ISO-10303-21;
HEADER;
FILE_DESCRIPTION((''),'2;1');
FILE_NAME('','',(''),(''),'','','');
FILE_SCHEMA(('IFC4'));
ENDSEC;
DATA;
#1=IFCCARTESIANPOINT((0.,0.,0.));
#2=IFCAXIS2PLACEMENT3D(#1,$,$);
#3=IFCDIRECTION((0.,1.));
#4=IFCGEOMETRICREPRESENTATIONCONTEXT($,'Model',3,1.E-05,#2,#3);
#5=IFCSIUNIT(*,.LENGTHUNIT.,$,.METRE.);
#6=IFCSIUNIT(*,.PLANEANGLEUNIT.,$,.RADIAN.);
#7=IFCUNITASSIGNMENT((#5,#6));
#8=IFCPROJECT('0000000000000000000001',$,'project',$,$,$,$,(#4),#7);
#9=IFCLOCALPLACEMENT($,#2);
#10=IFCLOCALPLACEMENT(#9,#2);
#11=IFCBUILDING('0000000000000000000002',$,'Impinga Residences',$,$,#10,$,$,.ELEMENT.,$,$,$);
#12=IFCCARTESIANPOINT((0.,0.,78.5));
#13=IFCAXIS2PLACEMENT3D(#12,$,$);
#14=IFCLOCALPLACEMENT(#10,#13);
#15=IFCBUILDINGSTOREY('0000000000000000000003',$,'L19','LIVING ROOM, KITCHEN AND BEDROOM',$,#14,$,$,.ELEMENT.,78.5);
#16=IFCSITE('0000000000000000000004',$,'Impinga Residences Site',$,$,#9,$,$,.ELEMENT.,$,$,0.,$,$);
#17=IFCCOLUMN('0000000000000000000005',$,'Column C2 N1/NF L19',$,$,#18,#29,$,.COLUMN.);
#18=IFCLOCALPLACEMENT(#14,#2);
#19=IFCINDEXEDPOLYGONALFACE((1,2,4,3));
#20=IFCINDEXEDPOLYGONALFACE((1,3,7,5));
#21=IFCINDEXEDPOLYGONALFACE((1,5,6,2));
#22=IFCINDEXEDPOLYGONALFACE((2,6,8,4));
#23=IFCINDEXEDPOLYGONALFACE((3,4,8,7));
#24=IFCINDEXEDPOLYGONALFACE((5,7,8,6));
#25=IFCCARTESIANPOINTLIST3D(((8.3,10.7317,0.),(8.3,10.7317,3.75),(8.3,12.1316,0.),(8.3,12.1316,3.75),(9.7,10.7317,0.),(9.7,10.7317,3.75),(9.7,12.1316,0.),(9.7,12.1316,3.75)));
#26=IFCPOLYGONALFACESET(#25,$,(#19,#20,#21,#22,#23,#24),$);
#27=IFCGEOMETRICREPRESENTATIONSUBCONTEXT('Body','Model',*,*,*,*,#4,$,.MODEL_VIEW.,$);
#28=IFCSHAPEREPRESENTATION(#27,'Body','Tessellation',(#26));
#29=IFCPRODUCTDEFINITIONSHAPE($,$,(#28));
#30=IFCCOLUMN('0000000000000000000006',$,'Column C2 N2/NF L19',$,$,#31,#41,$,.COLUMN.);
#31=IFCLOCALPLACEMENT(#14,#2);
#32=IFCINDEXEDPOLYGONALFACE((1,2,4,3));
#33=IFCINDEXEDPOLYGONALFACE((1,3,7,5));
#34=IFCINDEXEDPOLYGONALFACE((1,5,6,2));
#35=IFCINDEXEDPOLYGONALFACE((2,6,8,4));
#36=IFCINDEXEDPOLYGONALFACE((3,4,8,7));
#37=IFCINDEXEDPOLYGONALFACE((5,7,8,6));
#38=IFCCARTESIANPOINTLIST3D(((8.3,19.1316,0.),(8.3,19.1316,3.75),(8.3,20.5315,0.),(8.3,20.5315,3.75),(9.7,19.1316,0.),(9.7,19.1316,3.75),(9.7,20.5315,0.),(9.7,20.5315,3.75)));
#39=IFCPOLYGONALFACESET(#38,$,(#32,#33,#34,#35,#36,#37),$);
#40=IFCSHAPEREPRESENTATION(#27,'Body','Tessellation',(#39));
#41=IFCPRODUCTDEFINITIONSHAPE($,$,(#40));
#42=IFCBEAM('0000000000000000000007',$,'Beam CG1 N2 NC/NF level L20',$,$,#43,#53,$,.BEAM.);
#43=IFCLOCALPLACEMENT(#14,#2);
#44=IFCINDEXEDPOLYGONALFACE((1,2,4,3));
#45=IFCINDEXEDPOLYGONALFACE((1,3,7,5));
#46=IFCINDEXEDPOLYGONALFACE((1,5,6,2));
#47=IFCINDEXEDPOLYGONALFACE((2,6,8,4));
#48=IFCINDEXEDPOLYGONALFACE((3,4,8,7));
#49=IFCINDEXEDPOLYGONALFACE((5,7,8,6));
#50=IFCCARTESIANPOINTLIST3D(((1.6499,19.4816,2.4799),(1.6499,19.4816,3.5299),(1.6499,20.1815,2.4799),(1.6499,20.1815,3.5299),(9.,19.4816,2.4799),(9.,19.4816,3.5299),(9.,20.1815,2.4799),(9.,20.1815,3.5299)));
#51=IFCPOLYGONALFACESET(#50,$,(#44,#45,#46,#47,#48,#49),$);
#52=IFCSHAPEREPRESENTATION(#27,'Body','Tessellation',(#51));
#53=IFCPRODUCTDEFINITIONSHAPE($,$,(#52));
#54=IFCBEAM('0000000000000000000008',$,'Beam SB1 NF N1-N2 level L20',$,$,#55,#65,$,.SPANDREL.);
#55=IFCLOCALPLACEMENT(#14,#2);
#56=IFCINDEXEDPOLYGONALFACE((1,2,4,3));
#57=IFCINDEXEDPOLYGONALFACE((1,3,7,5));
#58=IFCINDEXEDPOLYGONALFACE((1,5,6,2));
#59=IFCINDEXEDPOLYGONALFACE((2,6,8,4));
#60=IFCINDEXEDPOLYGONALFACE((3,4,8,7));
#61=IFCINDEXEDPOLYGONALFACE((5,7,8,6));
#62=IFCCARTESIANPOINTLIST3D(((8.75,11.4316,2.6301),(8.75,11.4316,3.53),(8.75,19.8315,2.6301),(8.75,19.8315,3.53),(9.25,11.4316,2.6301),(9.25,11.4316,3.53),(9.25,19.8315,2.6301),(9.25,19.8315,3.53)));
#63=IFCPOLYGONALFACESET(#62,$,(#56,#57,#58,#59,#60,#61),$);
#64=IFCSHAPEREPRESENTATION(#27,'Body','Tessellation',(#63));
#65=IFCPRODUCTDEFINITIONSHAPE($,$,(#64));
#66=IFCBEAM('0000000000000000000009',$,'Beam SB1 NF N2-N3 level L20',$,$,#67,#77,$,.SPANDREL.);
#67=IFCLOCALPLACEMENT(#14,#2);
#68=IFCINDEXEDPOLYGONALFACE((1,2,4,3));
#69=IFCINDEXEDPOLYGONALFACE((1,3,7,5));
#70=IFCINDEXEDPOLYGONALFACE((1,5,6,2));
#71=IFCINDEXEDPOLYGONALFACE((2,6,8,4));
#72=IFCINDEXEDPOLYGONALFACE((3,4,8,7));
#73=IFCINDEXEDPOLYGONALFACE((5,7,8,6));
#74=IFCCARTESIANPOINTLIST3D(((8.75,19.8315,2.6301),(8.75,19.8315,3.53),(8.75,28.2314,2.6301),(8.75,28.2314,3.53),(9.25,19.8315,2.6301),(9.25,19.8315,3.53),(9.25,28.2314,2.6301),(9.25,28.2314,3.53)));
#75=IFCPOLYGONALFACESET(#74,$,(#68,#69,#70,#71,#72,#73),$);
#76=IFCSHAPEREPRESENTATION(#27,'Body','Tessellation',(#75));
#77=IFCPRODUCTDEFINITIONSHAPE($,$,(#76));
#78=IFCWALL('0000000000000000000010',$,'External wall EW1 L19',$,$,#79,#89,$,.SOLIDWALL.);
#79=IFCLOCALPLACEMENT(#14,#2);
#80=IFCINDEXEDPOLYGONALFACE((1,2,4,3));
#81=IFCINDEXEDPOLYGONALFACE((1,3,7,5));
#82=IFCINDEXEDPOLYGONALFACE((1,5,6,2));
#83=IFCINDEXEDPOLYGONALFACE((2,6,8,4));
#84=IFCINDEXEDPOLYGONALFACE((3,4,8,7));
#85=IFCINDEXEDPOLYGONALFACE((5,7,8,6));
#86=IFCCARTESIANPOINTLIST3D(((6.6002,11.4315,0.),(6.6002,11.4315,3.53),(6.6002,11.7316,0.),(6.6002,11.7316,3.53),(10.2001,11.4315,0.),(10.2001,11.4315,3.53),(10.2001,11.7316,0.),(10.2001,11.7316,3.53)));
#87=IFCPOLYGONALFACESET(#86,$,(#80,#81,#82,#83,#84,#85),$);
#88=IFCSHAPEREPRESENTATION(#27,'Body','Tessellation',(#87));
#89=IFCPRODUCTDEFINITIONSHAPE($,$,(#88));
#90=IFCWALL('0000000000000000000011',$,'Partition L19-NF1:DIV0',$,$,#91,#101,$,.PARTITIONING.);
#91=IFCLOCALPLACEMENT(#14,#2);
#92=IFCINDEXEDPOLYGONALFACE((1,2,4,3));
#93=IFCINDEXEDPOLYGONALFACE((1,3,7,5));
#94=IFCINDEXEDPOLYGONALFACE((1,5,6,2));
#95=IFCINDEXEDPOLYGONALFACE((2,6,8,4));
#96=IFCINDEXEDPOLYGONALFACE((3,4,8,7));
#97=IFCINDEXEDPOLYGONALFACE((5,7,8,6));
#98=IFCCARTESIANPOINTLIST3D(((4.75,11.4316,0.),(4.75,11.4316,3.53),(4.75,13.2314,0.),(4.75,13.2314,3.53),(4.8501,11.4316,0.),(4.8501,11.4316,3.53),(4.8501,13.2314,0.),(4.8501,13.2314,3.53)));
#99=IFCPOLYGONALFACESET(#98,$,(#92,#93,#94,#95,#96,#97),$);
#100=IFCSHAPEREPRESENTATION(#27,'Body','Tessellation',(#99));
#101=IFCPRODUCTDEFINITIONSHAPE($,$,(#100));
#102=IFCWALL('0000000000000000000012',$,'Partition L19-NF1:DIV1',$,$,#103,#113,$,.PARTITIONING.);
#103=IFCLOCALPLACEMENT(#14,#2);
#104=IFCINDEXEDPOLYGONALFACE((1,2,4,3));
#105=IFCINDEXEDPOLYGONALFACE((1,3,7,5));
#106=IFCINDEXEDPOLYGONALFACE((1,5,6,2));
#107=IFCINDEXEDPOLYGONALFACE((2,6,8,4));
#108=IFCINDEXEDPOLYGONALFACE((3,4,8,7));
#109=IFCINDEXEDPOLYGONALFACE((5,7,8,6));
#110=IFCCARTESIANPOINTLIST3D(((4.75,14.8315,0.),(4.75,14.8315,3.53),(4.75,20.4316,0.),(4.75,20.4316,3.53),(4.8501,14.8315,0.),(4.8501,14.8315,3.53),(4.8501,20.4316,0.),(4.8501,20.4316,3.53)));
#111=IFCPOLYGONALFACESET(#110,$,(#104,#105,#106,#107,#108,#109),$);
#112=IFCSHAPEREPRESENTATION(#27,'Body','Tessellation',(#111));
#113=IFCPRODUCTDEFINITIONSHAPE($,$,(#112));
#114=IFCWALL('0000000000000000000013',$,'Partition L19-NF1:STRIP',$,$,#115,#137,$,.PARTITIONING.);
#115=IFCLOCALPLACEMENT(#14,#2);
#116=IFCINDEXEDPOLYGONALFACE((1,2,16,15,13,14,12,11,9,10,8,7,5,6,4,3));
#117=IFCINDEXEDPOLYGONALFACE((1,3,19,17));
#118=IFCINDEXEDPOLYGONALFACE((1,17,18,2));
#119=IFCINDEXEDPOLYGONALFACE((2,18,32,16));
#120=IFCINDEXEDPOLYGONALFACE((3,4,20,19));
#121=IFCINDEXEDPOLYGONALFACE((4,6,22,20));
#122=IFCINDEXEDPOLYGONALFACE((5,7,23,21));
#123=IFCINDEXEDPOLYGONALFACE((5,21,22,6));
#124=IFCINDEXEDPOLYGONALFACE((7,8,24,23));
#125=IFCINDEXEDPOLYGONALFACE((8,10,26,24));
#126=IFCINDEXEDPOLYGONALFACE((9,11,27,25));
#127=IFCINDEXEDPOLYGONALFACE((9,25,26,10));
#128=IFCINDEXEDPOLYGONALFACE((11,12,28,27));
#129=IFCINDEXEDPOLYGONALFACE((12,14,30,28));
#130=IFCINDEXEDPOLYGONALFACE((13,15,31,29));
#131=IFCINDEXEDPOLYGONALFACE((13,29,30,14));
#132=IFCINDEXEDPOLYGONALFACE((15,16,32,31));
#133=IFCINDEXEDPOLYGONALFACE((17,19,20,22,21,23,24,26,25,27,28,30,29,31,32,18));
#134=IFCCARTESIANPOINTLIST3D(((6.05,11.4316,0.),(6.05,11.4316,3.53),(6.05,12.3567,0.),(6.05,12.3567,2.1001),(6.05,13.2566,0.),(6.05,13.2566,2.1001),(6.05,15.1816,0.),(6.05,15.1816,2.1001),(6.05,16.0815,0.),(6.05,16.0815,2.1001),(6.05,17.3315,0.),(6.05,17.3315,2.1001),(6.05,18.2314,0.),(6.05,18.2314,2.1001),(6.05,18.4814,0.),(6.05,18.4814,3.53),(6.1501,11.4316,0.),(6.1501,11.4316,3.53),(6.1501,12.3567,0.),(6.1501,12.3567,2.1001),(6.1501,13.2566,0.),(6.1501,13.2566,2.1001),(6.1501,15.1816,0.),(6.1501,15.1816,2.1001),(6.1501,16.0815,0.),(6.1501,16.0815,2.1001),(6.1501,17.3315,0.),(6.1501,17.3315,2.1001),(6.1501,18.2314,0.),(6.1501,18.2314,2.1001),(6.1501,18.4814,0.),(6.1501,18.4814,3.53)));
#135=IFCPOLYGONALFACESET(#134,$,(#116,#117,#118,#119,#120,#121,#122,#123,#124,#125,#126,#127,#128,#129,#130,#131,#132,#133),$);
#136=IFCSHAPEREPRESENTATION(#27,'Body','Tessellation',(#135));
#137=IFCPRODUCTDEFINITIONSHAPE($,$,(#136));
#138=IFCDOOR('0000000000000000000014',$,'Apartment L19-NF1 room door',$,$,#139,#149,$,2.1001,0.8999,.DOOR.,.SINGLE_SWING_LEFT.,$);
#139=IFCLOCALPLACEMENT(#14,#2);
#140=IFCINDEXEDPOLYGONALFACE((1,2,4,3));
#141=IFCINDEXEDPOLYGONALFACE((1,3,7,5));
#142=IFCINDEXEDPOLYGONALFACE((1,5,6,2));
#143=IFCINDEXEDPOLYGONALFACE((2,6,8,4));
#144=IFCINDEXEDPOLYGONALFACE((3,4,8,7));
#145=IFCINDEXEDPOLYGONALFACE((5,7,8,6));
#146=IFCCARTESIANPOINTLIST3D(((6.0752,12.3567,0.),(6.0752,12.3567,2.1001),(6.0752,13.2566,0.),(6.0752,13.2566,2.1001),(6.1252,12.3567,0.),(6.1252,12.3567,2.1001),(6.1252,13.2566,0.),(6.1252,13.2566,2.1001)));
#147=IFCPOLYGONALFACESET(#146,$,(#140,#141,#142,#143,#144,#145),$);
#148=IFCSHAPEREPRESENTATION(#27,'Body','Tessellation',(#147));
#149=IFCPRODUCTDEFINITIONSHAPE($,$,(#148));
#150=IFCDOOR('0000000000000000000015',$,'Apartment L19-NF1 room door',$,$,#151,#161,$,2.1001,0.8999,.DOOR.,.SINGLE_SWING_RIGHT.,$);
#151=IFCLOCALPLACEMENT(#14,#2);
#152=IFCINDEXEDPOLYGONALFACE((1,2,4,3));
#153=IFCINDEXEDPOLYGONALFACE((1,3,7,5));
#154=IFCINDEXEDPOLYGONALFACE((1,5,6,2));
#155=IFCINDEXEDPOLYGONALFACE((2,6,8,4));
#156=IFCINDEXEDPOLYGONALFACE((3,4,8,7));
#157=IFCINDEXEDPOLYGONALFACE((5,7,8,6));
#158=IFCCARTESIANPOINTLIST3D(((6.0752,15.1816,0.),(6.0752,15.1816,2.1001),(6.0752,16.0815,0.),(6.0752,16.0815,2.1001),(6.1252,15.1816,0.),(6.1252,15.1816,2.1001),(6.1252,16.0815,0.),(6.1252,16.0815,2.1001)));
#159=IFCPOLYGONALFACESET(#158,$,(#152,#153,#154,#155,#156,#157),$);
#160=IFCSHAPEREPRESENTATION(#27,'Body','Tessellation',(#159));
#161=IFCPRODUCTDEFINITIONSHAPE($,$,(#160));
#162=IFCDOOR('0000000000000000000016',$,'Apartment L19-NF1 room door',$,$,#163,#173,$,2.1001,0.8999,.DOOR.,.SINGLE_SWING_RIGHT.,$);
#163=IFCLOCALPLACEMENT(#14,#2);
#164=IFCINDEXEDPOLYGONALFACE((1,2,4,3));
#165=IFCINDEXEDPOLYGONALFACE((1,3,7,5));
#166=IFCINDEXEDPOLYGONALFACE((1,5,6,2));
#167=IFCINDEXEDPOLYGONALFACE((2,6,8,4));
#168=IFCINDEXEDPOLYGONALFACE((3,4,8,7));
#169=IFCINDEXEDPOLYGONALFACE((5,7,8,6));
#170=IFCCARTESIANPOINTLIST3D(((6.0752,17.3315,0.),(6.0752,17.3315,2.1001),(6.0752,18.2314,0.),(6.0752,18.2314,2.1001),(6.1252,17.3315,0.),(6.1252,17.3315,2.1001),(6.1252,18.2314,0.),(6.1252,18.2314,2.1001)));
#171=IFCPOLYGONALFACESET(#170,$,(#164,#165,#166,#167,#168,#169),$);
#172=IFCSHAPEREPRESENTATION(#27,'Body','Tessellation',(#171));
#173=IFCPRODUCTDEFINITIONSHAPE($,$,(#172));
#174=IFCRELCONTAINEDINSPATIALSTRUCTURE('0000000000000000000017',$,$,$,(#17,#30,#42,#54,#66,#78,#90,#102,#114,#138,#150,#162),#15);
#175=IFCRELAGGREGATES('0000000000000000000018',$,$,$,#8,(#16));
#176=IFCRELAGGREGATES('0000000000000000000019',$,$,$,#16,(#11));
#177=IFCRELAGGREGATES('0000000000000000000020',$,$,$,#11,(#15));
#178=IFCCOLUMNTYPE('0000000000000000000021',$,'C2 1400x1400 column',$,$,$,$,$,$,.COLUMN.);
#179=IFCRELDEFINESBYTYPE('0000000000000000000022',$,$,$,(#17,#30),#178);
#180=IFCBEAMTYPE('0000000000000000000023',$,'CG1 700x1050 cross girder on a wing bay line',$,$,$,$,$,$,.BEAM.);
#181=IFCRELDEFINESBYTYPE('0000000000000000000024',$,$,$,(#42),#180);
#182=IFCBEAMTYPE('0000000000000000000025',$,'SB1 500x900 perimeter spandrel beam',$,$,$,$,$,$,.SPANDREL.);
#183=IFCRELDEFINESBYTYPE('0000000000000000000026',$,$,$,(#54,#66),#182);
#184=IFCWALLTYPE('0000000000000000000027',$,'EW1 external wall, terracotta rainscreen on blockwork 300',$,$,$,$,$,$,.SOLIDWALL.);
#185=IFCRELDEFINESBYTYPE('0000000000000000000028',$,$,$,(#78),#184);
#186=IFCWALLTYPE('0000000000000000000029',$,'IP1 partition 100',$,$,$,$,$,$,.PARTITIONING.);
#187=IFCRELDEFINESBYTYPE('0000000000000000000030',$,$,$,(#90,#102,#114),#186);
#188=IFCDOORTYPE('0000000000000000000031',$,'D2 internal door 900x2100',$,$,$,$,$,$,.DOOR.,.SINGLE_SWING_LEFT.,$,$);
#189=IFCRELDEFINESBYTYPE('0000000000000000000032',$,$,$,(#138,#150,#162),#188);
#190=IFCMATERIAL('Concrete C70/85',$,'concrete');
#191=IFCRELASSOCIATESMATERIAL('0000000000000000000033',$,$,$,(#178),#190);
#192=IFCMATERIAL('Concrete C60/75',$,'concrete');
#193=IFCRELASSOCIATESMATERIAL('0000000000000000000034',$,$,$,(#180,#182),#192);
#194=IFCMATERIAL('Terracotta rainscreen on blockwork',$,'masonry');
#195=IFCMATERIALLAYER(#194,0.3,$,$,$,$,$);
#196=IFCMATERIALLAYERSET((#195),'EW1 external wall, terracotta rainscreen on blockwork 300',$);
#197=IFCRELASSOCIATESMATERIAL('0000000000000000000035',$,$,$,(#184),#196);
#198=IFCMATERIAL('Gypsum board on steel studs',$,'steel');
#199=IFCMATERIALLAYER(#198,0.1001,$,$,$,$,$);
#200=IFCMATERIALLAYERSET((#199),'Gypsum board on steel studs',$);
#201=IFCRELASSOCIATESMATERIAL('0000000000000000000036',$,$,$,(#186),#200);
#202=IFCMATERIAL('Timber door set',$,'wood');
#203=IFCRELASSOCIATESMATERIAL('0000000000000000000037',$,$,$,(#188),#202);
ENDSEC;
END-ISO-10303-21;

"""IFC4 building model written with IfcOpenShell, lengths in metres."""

from ifc_helpers import new_model, si_unit, direction, frame, frame_2d, origin, origin_2d, place, context, subcontext, project, spatial, rectangle, extrude, material, layer, layer_set, material_profile, profile_set, type_object, element, fill, save


model = new_model("IFC4")

# Units and contexts
model_context = context("Model", 3, precision=1e-05, world=origin(), true_north=direction((0.0, 1.0)))
body_context = subcontext(model_context, "Body", "Model", "MODEL_VIEW")
ifc_project = project(units=[si_unit("LENGTHUNIT", "METRE"), si_unit("PLANEANGLEUNIT", "RADIAN")], contexts=[model_context])

# Site, building, storey
site_placement = place(None, origin())
site = spatial("IfcSite", under=ifc_project, at=site_placement, Name="Impinga Residences Site", CompositionType="ELEMENT", RefElevation=0.0)
building_placement = place(site_placement, origin())
building = spatial("IfcBuilding", under=site, at=building_placement, Name="Impinga Residences", CompositionType="ELEMENT")
storey_placement = place(building_placement, frame((0.0, 0.0, 78.5)))
storey = spatial("IfcBuildingStorey", under=building, at=storey_placement, Name="L19", Description="LIVING ROOM, KITCHEN AND BEDROOM", CompositionType="ELEMENT", Elevation=78.5)

# Columns
ifc_material_1 = material(Name="Concrete C70/85", Category="concrete")
ifc_material_profile_1 = material_profile(ifc_material_1, rectangle(XDim=1.3999, YDim=1.3999, at=origin_2d()), Name="RC 1400x1400")
ifc_profile_set_1 = profile_set([ifc_material_profile_1], Name="Concrete C70/85")
column_type = type_object("IfcColumnType", Name="C2 1400x1400 column", PredefinedType="COLUMN", material=ifc_profile_set_1)
for number, where, z_axis, x_axis, name in (
    (1, (9.0, 11.4316, 0.0), (0.0, 0.0, 1.0), (1.0, 0.0, 0.0), "Column C2 N1/NF L19"),
    (2, (9.0, 19.8315, 0.0), (0.0, 0.0, 1.0), (1.0, 0.0, 0.0), "Column C2 N2/NF L19"),
):
    element("IfcColumn", number, at=place(storey_placement, frame(where, z_axis=z_axis, x_axis=x_axis)), inside=storey, type_object=column_type, Name=name, PredefinedType="COLUMN", context=body_context, shape_type="SweptSolid", body=[
        extrude(rectangle(XDim=1.3999, YDim=1.3999, at=origin_2d()), origin(), (0.0, 0.0, 1.0), 3.75),
    ])

# Beams
ifc_material_2 = material(Name="Concrete C60/75", Category="concrete")
ifc_material_profile_2 = material_profile(ifc_material_2, rectangle(XDim=0.7, YDim=1.05, at=origin_2d()), Name="RC 700x1050")
ifc_profile_set_2 = profile_set([ifc_material_profile_2], Name="Concrete C60/75")
beam_type_1 = type_object("IfcBeamType", Name="CG1 700x1050 cross girder on a wing bay line", PredefinedType="BEAM", material=ifc_profile_set_2)
beam_placement = place(storey_placement, frame((1.6499, 19.8315, 3.0049), z_axis=(1.0, 0.0, 0.0), x_axis=(0.0, 1.0, 0.0)))
element("IfcBeam", 3, at=beam_placement, inside=storey, type_object=beam_type_1, Name="Beam CG1 N2 NC/NF level L20", PredefinedType="BEAM", context=body_context, shape_type="SweptSolid", body=[
    extrude(rectangle(XDim=0.7, YDim=1.05, at=origin_2d()), origin(), (0.0, 0.0, 1.0), 7.3501),
])
ifc_material_profile_3 = material_profile(ifc_material_2, rectangle(XDim=0.5, YDim=0.8999, at=origin_2d()), Name="RC 500x900")
ifc_profile_set_3 = profile_set([ifc_material_profile_3], Name="Concrete C60/75")
beam_type_2 = type_object("IfcBeamType", Name="SB1 500x900 perimeter spandrel beam", PredefinedType="SPANDREL", material=ifc_profile_set_3)
for number, where, z_axis, x_axis, name in (
    (4, (9.0, 11.4316, 3.0801), (0.0, 1.0, 0.0), (-1.0, 0.0, 0.0), "Beam SB1 NF N1-N2 level L20"),
    (5, (9.0, 19.8315, 3.0801), (0.0, 1.0, 0.0), (-1.0, 0.0, 0.0), "Beam SB1 NF N2-N3 level L20"),
):
    element("IfcBeam", number, at=place(storey_placement, frame(where, z_axis=z_axis, x_axis=x_axis)), inside=storey, type_object=beam_type_2, Name=name, PredefinedType="SPANDREL", context=body_context, shape_type="SweptSolid", body=[
        extrude(rectangle(XDim=0.5, YDim=0.8999, at=origin_2d()), origin(), (0.0, 0.0, 1.0), 8.3999),
    ])

# Walls
ifc_material_3 = material(Name="Terracotta rainscreen on blockwork", Category="masonry")
ifc_layer_1 = layer(ifc_material_3, 0.3)
ifc_layer_set_1 = layer_set([ifc_layer_1], Name="EW1 external wall, terracotta rainscreen on blockwork 300")
wall_type_1 = type_object("IfcWallType", Name="EW1 external wall, terracotta rainscreen on blockwork 300", PredefinedType="SOLIDWALL", material=ifc_layer_set_1)
wall_1_placement = place(storey_placement, frame((10.2, 11.5815, 0.0), z_axis=(0.0, 0.0, 1.0), x_axis=(-1.0, 0.0, 0.0)))
element("IfcWall", 6, at=wall_1_placement, inside=storey, type_object=wall_type_1, Name="External wall EW1 L19", PredefinedType="SOLIDWALL", context=body_context, shape_type="SweptSolid", body=[
    extrude(rectangle(XDim=3.5999, YDim=0.3, at=frame_2d((1.7998, 0.0))), origin(), (0.0, 0.0, 1.0), 3.53),
])
ifc_material_4 = material(Name="Gypsum board on steel studs", Category="steel")
ifc_layer_2 = layer(ifc_material_4, 0.1001)
ifc_layer_set_2 = layer_set([ifc_layer_2], Name="Gypsum board on steel studs")
wall_type_2 = type_object("IfcWallType", Name="IP1 partition 100", PredefinedType="PARTITIONING", material=ifc_layer_set_2)
wall_2_placement = place(storey_placement, frame((4.8, 11.4316, 0.0), z_axis=(0.0, 0.0, 1.0), x_axis=(0.0, 1.0, 0.0)))
element("IfcWall", 7, at=wall_2_placement, inside=storey, type_object=wall_type_2, Name="Partition L19-NF1:DIV0", PredefinedType="PARTITIONING", context=body_context, shape_type="SweptSolid", body=[
    extrude(rectangle(XDim=1.7998, YDim=0.1001, at=frame_2d((0.8999, 0.0))), origin(), (0.0, 0.0, 1.0), 3.53),
])
wall_3_placement = place(storey_placement, frame((4.8, 14.8315, 0.0), z_axis=(0.0, 0.0, 1.0), x_axis=(0.0, 1.0, 0.0)))
element("IfcWall", 8, at=wall_3_placement, inside=storey, type_object=wall_type_2, Name="Partition L19-NF1:DIV1", PredefinedType="PARTITIONING", context=body_context, shape_type="SweptSolid", body=[
    extrude(rectangle(XDim=5.6001, YDim=0.1001, at=frame_2d((2.8, 0.0))), origin(), (0.0, 0.0, 1.0), 3.53),
])

# Wall, openings, doors
wall_4_placement = place(storey_placement, frame((6.1001, 11.4316, 0.0), z_axis=(0.0, 0.0, 1.0), x_axis=(0.0, 1.0, 0.0)))
wall_4 = element("IfcWall", 9, at=wall_4_placement, inside=storey, type_object=wall_type_2, Name="Partition L19-NF1:STRIP", PredefinedType="PARTITIONING", context=body_context, shape_type="SweptSolid", body=[
    extrude(rectangle(XDim=7.0498, YDim=0.1001, at=frame_2d((3.5249, 0.0))), origin(), (0.0, 0.0, 1.0), 3.53),
])
opening_1_placement = place(wall_4_placement, frame((0.925, 0.0, 0.0)))
opening_1 = element("IfcOpeningElement", 10, at=opening_1_placement, cuts=wall_4, PredefinedType="OPENING", context=body_context, shape_type="SweptSolid", body=[
    extrude(rectangle(XDim=0.8999, YDim=2.1001, at=frame_2d((0.45, 1.05))), frame((0.0, 0.0601, 0.0), z_axis=(0.0, -1.0, 0.0), x_axis=(1.0, 0.0, 0.0)), (0.0, 0.0, 1.0), 0.1201),
])
opening_2_placement = place(wall_4_placement, frame((3.75, 0.0, 0.0)))
opening_2 = element("IfcOpeningElement", 11, at=opening_2_placement, cuts=wall_4, PredefinedType="OPENING", context=body_context, shape_type="SweptSolid", body=[
    extrude(rectangle(XDim=0.8999, YDim=2.1001, at=frame_2d((0.45, 1.05))), frame((0.0, 0.0601, 0.0), z_axis=(0.0, -1.0, 0.0), x_axis=(1.0, 0.0, 0.0)), (0.0, 0.0, 1.0), 0.1201),
])
opening_3_placement = place(wall_4_placement, frame((5.8999, 0.0, 0.0)))
opening_3 = element("IfcOpeningElement", 12, at=opening_3_placement, cuts=wall_4, PredefinedType="OPENING", context=body_context, shape_type="SweptSolid", body=[
    extrude(rectangle(XDim=0.8999, YDim=2.1001, at=frame_2d((0.45, 1.05))), frame((0.0, 0.0601, 0.0), z_axis=(0.0, -1.0, 0.0), x_axis=(1.0, 0.0, 0.0)), (0.0, 0.0, 1.0), 0.1201),
])
ifc_material_5 = material(Name="Timber door set", Category="wood")
door_type = type_object("IfcDoorType", Name="D2 internal door 900x2100", OperationType="SINGLE_SWING_LEFT", PredefinedType="DOOR", material=ifc_material_5)
door_1_placement = place(opening_1_placement, origin())
door_1 = element("IfcDoor", 13, at=door_1_placement, inside=storey, type_object=door_type, Name="Apartment L19-NF1 room door", OperationType="SINGLE_SWING_LEFT", OverallHeight=2.1001, OverallWidth=0.8999, PredefinedType="DOOR", context=body_context, shape_type="SweptSolid", body=[
    extrude(rectangle(XDim=0.8999, YDim=2.1001, at=frame_2d((0.45, 1.05))), frame((0.0, 0.0249, 0.0), z_axis=(0.0, -1.0, 0.0), x_axis=(1.0, 0.0, 0.0)), (0.0, 0.0, 1.0), 0.05),
])
fill(opening_1, door_1)
door_2_placement = place(opening_2_placement, origin())
door_2 = element("IfcDoor", 14, at=door_2_placement, inside=storey, type_object=door_type, Name="Apartment L19-NF1 room door", OperationType="SINGLE_SWING_RIGHT", OverallHeight=2.1001, OverallWidth=0.8999, PredefinedType="DOOR", context=body_context, shape_type="SweptSolid", body=[
    extrude(rectangle(XDim=0.8999, YDim=2.1001, at=frame_2d((0.45, 1.05))), frame((0.0, 0.0249, 0.0), z_axis=(0.0, -1.0, 0.0), x_axis=(1.0, 0.0, 0.0)), (0.0, 0.0, 1.0), 0.05),
])
fill(opening_2, door_2)
door_3_placement = place(opening_3_placement, origin())
door_3 = element("IfcDoor", 15, at=door_3_placement, inside=storey, type_object=door_type, Name="Apartment L19-NF1 room door", OperationType="SINGLE_SWING_RIGHT", OverallHeight=2.1001, OverallWidth=0.8999, PredefinedType="DOOR", context=body_context, shape_type="SweptSolid", body=[
    extrude(rectangle(XDim=0.8999, YDim=2.1001, at=frame_2d((0.45, 1.05))), frame((0.0, 0.0249, 0.0), z_axis=(0.0, -1.0, 0.0), x_axis=(1.0, 0.0, 0.0)), (0.0, 0.0, 1.0), 0.05),
])
fill(opening_3, door_3)

save(model, "model.ifc")
